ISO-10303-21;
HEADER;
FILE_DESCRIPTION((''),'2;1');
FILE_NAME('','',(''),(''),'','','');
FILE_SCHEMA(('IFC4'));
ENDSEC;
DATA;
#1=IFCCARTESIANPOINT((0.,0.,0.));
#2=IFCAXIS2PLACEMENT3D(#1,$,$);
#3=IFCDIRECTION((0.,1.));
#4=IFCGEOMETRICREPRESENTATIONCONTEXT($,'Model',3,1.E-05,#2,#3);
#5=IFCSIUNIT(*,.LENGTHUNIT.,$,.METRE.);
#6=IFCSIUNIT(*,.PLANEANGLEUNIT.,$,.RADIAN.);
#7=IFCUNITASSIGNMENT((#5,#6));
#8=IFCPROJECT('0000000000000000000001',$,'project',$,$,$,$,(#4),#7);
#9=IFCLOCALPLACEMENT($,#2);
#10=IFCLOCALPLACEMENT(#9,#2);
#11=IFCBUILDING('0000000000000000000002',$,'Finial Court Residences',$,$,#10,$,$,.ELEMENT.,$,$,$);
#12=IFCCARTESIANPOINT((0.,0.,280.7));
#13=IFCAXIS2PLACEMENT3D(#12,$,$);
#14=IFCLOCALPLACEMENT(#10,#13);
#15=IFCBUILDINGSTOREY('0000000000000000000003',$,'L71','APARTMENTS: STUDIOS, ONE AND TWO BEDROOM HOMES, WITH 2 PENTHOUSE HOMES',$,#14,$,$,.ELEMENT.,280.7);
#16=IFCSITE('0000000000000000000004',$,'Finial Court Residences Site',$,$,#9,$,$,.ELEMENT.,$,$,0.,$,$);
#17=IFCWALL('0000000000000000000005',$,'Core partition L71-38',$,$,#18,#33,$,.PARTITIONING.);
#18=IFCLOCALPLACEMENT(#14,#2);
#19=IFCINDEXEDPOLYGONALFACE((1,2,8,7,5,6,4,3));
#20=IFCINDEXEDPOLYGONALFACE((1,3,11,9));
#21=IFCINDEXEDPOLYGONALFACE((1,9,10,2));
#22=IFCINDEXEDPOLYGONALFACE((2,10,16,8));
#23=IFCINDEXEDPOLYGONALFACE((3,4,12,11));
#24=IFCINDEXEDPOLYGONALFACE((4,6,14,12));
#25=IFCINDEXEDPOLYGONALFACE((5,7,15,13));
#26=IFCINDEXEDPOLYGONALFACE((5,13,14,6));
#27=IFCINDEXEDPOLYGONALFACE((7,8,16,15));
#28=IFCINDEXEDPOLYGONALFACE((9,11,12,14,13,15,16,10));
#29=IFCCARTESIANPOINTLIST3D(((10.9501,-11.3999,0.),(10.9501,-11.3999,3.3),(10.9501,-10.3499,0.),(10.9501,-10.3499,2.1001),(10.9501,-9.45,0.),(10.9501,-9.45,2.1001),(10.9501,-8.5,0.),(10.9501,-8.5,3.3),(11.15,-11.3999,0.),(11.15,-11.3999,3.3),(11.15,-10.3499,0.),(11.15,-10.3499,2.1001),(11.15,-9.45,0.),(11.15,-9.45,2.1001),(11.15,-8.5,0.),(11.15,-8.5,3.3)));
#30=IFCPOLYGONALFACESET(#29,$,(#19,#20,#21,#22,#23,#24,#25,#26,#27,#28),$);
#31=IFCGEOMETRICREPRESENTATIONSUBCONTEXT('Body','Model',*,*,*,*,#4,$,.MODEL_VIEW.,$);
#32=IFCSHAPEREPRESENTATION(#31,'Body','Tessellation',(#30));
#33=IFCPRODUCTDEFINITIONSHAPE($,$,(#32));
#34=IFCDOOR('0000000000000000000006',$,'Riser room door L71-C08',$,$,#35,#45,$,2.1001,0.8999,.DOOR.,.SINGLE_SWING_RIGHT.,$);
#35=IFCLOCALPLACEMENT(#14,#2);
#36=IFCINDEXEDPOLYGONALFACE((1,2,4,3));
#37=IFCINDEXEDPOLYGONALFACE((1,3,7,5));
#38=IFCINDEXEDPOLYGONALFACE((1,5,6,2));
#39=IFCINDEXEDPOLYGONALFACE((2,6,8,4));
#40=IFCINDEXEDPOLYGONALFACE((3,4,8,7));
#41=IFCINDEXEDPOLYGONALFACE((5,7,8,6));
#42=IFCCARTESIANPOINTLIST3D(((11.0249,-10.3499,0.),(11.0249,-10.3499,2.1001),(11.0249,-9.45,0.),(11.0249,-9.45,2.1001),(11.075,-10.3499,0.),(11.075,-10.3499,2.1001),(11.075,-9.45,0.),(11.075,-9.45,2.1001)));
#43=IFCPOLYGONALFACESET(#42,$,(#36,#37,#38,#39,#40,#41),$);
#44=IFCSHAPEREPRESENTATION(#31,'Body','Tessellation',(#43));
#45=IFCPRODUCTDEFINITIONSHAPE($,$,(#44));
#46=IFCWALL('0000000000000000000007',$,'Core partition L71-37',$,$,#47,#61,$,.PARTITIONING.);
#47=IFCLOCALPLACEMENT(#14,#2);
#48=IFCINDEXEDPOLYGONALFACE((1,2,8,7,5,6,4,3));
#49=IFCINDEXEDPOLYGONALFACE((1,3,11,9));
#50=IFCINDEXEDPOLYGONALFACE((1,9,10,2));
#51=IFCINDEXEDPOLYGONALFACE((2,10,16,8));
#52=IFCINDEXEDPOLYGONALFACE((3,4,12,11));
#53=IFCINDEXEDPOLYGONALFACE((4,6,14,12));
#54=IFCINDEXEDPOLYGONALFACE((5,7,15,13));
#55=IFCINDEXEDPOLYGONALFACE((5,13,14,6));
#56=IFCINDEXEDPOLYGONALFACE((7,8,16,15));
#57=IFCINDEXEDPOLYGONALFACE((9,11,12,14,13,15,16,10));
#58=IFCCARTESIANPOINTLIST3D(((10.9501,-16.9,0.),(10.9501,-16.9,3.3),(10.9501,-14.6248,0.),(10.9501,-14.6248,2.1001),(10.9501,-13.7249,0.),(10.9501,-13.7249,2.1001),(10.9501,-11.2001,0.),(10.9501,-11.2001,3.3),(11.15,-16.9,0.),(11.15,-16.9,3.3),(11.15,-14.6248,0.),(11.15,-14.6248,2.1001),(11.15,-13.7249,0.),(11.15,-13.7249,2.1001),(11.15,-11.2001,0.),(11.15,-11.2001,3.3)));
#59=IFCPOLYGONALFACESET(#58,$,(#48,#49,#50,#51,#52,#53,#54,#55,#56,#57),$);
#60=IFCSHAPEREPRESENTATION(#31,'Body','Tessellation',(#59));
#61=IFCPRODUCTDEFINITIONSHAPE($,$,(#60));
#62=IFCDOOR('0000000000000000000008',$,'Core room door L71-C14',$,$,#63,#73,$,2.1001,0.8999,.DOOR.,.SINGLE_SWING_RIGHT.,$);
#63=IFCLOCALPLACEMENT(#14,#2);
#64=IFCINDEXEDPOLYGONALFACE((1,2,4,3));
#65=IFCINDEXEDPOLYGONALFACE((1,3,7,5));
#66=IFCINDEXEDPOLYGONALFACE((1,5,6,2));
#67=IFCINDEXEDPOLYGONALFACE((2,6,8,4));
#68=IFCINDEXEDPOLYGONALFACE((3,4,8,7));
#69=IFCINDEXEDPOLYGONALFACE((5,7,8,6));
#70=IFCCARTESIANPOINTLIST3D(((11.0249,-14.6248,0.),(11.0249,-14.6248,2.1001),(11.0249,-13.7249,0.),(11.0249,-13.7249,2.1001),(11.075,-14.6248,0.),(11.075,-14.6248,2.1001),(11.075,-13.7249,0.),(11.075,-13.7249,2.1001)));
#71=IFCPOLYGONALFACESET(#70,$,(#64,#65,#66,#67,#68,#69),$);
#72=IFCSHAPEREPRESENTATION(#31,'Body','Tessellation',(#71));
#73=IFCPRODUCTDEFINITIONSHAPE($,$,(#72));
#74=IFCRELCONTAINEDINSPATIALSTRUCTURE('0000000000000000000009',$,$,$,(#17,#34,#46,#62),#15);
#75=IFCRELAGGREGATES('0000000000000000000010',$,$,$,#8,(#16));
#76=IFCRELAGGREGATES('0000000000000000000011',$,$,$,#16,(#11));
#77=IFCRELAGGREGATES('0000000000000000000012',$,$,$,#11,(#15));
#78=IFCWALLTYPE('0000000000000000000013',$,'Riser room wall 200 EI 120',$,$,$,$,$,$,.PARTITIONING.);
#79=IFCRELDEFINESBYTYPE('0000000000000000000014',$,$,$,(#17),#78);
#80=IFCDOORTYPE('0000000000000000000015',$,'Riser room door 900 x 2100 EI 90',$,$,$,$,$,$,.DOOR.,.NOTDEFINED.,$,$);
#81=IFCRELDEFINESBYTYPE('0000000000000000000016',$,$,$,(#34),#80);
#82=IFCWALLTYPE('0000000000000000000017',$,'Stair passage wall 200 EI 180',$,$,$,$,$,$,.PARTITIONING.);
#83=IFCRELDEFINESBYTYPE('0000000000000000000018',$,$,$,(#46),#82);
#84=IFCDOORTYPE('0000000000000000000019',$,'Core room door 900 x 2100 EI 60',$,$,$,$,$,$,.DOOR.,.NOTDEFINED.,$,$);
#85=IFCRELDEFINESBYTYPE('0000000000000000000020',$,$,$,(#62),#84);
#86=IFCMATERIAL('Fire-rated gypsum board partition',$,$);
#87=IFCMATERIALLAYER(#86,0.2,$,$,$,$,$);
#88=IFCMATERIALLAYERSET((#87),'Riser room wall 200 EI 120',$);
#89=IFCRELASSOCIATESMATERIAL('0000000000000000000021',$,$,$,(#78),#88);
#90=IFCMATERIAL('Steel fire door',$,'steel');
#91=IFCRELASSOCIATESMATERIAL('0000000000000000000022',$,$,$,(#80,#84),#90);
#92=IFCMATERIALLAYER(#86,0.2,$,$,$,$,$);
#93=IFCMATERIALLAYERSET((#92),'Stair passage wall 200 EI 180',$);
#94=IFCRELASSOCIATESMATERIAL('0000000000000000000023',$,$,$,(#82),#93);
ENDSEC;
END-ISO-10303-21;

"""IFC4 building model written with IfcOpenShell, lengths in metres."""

from ifc_helpers import new_model, si_unit, direction, frame, frame_2d, origin, place, context, subcontext, project, spatial, rectangle, extrude, material, layer, layer_set, type_object, element, fill, save


model = new_model("IFC4")

# Units and contexts
model_context = context("Model", 3, precision=1e-05, world=origin(), true_north=direction((0.0, 1.0)))
body_context = subcontext(model_context, "Body", "Model", "MODEL_VIEW")
ifc_project = project(units=[si_unit("LENGTHUNIT", "METRE"), si_unit("PLANEANGLEUNIT", "RADIAN")], contexts=[model_context])

# Site, building, storey
site_placement = place(None, origin())
site = spatial("IfcSite", under=ifc_project, at=site_placement, Name="Finial Court Residences Site", CompositionType="ELEMENT", RefElevation=0.0)
building_placement = place(site_placement, origin())
building = spatial("IfcBuilding", under=site, at=building_placement, Name="Finial Court Residences", CompositionType="ELEMENT")
storey_placement = place(building_placement, frame((0.0, 0.0, 280.7)))
storey = spatial("IfcBuildingStorey", under=building, at=storey_placement, Name="L71", Description="APARTMENTS: STUDIOS, ONE AND TWO BEDROOM HOMES, WITH 2 PENTHOUSE HOMES", CompositionType="ELEMENT", Elevation=280.7)

# Shared definitions
ifc_material_1 = material(Name="Steel fire door", Category="steel")

# Shared definitions
ifc_material_2 = material(Name="Fire-rated gypsum board partition")
ifc_layer_1 = layer(ifc_material_2, 0.2)
ifc_layer_set_1 = layer_set([ifc_layer_1], Name="Riser room wall 200 EI 120")
wall_type_1 = type_object("IfcWallType", Name="Riser room wall 200 EI 120", PredefinedType="PARTITIONING", material=ifc_layer_set_1)

# Walls, openings, doors
wall_1_placement = place(storey_placement, frame((11.05, -8.5, 0.0), z_axis=(0.0, 0.0, 1.0), x_axis=(0.0, -1.0, 0.0)))
wall_1 = element("IfcWall", 1, at=wall_1_placement, inside=storey, type_object=wall_type_1, Name="Core partition L71-38", PredefinedType="PARTITIONING", context=body_context, shape_type="SweptSolid", body=[
    extrude(rectangle(XDim=2.8999, YDim=0.2, at=frame_2d((1.45, 0.0))), origin(), (0.0, 0.0, 1.0), 3.3),
])
opening_1_placement = place(wall_1_placement, frame((0.95, 0.0, 0.0)))
opening_1 = element("IfcOpeningElement", 2, at=opening_1_placement, cuts=wall_1, PredefinedType="OPENING", context=body_context, shape_type="SweptSolid", body=[
    extrude(rectangle(XDim=0.8999, YDim=2.1001, at=frame_2d((0.45, 1.05))), frame((0.0, 0.1099, 0.0), z_axis=(0.0, -1.0, 0.0), x_axis=(1.0, 0.0, 0.0)), (0.0, 0.0, 1.0), 0.22),
])
door_type_1 = type_object("IfcDoorType", Name="Riser room door 900 x 2100 EI 90", OperationType="NOTDEFINED", PredefinedType="DOOR", material=ifc_material_1)
door_1_placement = place(opening_1_placement, origin())
door_1 = element("IfcDoor", 3, at=door_1_placement, inside=storey, type_object=door_type_1, Name="Riser room door L71-C08", OperationType="SINGLE_SWING_RIGHT", OverallHeight=2.1001, OverallWidth=0.8999, PredefinedType="DOOR", context=body_context, shape_type="SweptSolid", body=[
    extrude(rectangle(XDim=0.8999, YDim=2.1001, at=frame_2d((0.45, 1.05))), frame((0.0, 0.0249, 0.0), z_axis=(0.0, -1.0, 0.0), x_axis=(1.0, 0.0, 0.0)), (0.0, 0.0, 1.0), 0.05),
])
fill(opening_1, door_1)
ifc_layer_2 = layer(ifc_material_2, 0.2)
ifc_layer_set_2 = layer_set([ifc_layer_2], Name="Stair passage wall 200 EI 180")
wall_type_2 = type_object("IfcWallType", Name="Stair passage wall 200 EI 180", PredefinedType="PARTITIONING", material=ifc_layer_set_2)
wall_2_placement = place(storey_placement, frame((11.05, -11.2, 0.0), z_axis=(0.0, 0.0, 1.0), x_axis=(0.0, -1.0, 0.0)))
wall_2 = element("IfcWall", 4, at=wall_2_placement, inside=storey, type_object=wall_type_2, Name="Core partition L71-37", PredefinedType="PARTITIONING", context=body_context, shape_type="SweptSolid", body=[
    extrude(rectangle(XDim=5.7, YDim=0.2, at=frame_2d((2.8501, 0.0))), origin(), (0.0, 0.0, 1.0), 3.3),
])
opening_2_placement = place(wall_2_placement, frame((2.5249, 0.0, 0.0)))
opening_2 = element("IfcOpeningElement", 5, at=opening_2_placement, cuts=wall_2, PredefinedType="OPENING", context=body_context, shape_type="SweptSolid", body=[
    extrude(rectangle(XDim=0.8999, YDim=2.1001, at=frame_2d((0.45, 1.05))), frame((0.0, 0.1099, 0.0), z_axis=(0.0, -1.0, 0.0), x_axis=(1.0, 0.0, 0.0)), (0.0, 0.0, 1.0), 0.22),
])
door_type_2 = type_object("IfcDoorType", Name="Core room door 900 x 2100 EI 60", OperationType="NOTDEFINED", PredefinedType="DOOR", material=ifc_material_1)
door_2_placement = place(opening_2_placement, origin())
door_2 = element("IfcDoor", 6, at=door_2_placement, inside=storey, type_object=door_type_2, Name="Core room door L71-C14", OperationType="SINGLE_SWING_RIGHT", OverallHeight=2.1001, OverallWidth=0.8999, PredefinedType="DOOR", context=body_context, shape_type="SweptSolid", body=[
    extrude(rectangle(XDim=0.8999, YDim=2.1001, at=frame_2d((0.45, 1.05))), frame((0.0, 0.0249, 0.0), z_axis=(0.0, -1.0, 0.0), x_axis=(1.0, 0.0, 0.0)), (0.0, 0.0, 1.0), 0.05),
])
fill(opening_2, door_2)

save(model, "model.ifc")
